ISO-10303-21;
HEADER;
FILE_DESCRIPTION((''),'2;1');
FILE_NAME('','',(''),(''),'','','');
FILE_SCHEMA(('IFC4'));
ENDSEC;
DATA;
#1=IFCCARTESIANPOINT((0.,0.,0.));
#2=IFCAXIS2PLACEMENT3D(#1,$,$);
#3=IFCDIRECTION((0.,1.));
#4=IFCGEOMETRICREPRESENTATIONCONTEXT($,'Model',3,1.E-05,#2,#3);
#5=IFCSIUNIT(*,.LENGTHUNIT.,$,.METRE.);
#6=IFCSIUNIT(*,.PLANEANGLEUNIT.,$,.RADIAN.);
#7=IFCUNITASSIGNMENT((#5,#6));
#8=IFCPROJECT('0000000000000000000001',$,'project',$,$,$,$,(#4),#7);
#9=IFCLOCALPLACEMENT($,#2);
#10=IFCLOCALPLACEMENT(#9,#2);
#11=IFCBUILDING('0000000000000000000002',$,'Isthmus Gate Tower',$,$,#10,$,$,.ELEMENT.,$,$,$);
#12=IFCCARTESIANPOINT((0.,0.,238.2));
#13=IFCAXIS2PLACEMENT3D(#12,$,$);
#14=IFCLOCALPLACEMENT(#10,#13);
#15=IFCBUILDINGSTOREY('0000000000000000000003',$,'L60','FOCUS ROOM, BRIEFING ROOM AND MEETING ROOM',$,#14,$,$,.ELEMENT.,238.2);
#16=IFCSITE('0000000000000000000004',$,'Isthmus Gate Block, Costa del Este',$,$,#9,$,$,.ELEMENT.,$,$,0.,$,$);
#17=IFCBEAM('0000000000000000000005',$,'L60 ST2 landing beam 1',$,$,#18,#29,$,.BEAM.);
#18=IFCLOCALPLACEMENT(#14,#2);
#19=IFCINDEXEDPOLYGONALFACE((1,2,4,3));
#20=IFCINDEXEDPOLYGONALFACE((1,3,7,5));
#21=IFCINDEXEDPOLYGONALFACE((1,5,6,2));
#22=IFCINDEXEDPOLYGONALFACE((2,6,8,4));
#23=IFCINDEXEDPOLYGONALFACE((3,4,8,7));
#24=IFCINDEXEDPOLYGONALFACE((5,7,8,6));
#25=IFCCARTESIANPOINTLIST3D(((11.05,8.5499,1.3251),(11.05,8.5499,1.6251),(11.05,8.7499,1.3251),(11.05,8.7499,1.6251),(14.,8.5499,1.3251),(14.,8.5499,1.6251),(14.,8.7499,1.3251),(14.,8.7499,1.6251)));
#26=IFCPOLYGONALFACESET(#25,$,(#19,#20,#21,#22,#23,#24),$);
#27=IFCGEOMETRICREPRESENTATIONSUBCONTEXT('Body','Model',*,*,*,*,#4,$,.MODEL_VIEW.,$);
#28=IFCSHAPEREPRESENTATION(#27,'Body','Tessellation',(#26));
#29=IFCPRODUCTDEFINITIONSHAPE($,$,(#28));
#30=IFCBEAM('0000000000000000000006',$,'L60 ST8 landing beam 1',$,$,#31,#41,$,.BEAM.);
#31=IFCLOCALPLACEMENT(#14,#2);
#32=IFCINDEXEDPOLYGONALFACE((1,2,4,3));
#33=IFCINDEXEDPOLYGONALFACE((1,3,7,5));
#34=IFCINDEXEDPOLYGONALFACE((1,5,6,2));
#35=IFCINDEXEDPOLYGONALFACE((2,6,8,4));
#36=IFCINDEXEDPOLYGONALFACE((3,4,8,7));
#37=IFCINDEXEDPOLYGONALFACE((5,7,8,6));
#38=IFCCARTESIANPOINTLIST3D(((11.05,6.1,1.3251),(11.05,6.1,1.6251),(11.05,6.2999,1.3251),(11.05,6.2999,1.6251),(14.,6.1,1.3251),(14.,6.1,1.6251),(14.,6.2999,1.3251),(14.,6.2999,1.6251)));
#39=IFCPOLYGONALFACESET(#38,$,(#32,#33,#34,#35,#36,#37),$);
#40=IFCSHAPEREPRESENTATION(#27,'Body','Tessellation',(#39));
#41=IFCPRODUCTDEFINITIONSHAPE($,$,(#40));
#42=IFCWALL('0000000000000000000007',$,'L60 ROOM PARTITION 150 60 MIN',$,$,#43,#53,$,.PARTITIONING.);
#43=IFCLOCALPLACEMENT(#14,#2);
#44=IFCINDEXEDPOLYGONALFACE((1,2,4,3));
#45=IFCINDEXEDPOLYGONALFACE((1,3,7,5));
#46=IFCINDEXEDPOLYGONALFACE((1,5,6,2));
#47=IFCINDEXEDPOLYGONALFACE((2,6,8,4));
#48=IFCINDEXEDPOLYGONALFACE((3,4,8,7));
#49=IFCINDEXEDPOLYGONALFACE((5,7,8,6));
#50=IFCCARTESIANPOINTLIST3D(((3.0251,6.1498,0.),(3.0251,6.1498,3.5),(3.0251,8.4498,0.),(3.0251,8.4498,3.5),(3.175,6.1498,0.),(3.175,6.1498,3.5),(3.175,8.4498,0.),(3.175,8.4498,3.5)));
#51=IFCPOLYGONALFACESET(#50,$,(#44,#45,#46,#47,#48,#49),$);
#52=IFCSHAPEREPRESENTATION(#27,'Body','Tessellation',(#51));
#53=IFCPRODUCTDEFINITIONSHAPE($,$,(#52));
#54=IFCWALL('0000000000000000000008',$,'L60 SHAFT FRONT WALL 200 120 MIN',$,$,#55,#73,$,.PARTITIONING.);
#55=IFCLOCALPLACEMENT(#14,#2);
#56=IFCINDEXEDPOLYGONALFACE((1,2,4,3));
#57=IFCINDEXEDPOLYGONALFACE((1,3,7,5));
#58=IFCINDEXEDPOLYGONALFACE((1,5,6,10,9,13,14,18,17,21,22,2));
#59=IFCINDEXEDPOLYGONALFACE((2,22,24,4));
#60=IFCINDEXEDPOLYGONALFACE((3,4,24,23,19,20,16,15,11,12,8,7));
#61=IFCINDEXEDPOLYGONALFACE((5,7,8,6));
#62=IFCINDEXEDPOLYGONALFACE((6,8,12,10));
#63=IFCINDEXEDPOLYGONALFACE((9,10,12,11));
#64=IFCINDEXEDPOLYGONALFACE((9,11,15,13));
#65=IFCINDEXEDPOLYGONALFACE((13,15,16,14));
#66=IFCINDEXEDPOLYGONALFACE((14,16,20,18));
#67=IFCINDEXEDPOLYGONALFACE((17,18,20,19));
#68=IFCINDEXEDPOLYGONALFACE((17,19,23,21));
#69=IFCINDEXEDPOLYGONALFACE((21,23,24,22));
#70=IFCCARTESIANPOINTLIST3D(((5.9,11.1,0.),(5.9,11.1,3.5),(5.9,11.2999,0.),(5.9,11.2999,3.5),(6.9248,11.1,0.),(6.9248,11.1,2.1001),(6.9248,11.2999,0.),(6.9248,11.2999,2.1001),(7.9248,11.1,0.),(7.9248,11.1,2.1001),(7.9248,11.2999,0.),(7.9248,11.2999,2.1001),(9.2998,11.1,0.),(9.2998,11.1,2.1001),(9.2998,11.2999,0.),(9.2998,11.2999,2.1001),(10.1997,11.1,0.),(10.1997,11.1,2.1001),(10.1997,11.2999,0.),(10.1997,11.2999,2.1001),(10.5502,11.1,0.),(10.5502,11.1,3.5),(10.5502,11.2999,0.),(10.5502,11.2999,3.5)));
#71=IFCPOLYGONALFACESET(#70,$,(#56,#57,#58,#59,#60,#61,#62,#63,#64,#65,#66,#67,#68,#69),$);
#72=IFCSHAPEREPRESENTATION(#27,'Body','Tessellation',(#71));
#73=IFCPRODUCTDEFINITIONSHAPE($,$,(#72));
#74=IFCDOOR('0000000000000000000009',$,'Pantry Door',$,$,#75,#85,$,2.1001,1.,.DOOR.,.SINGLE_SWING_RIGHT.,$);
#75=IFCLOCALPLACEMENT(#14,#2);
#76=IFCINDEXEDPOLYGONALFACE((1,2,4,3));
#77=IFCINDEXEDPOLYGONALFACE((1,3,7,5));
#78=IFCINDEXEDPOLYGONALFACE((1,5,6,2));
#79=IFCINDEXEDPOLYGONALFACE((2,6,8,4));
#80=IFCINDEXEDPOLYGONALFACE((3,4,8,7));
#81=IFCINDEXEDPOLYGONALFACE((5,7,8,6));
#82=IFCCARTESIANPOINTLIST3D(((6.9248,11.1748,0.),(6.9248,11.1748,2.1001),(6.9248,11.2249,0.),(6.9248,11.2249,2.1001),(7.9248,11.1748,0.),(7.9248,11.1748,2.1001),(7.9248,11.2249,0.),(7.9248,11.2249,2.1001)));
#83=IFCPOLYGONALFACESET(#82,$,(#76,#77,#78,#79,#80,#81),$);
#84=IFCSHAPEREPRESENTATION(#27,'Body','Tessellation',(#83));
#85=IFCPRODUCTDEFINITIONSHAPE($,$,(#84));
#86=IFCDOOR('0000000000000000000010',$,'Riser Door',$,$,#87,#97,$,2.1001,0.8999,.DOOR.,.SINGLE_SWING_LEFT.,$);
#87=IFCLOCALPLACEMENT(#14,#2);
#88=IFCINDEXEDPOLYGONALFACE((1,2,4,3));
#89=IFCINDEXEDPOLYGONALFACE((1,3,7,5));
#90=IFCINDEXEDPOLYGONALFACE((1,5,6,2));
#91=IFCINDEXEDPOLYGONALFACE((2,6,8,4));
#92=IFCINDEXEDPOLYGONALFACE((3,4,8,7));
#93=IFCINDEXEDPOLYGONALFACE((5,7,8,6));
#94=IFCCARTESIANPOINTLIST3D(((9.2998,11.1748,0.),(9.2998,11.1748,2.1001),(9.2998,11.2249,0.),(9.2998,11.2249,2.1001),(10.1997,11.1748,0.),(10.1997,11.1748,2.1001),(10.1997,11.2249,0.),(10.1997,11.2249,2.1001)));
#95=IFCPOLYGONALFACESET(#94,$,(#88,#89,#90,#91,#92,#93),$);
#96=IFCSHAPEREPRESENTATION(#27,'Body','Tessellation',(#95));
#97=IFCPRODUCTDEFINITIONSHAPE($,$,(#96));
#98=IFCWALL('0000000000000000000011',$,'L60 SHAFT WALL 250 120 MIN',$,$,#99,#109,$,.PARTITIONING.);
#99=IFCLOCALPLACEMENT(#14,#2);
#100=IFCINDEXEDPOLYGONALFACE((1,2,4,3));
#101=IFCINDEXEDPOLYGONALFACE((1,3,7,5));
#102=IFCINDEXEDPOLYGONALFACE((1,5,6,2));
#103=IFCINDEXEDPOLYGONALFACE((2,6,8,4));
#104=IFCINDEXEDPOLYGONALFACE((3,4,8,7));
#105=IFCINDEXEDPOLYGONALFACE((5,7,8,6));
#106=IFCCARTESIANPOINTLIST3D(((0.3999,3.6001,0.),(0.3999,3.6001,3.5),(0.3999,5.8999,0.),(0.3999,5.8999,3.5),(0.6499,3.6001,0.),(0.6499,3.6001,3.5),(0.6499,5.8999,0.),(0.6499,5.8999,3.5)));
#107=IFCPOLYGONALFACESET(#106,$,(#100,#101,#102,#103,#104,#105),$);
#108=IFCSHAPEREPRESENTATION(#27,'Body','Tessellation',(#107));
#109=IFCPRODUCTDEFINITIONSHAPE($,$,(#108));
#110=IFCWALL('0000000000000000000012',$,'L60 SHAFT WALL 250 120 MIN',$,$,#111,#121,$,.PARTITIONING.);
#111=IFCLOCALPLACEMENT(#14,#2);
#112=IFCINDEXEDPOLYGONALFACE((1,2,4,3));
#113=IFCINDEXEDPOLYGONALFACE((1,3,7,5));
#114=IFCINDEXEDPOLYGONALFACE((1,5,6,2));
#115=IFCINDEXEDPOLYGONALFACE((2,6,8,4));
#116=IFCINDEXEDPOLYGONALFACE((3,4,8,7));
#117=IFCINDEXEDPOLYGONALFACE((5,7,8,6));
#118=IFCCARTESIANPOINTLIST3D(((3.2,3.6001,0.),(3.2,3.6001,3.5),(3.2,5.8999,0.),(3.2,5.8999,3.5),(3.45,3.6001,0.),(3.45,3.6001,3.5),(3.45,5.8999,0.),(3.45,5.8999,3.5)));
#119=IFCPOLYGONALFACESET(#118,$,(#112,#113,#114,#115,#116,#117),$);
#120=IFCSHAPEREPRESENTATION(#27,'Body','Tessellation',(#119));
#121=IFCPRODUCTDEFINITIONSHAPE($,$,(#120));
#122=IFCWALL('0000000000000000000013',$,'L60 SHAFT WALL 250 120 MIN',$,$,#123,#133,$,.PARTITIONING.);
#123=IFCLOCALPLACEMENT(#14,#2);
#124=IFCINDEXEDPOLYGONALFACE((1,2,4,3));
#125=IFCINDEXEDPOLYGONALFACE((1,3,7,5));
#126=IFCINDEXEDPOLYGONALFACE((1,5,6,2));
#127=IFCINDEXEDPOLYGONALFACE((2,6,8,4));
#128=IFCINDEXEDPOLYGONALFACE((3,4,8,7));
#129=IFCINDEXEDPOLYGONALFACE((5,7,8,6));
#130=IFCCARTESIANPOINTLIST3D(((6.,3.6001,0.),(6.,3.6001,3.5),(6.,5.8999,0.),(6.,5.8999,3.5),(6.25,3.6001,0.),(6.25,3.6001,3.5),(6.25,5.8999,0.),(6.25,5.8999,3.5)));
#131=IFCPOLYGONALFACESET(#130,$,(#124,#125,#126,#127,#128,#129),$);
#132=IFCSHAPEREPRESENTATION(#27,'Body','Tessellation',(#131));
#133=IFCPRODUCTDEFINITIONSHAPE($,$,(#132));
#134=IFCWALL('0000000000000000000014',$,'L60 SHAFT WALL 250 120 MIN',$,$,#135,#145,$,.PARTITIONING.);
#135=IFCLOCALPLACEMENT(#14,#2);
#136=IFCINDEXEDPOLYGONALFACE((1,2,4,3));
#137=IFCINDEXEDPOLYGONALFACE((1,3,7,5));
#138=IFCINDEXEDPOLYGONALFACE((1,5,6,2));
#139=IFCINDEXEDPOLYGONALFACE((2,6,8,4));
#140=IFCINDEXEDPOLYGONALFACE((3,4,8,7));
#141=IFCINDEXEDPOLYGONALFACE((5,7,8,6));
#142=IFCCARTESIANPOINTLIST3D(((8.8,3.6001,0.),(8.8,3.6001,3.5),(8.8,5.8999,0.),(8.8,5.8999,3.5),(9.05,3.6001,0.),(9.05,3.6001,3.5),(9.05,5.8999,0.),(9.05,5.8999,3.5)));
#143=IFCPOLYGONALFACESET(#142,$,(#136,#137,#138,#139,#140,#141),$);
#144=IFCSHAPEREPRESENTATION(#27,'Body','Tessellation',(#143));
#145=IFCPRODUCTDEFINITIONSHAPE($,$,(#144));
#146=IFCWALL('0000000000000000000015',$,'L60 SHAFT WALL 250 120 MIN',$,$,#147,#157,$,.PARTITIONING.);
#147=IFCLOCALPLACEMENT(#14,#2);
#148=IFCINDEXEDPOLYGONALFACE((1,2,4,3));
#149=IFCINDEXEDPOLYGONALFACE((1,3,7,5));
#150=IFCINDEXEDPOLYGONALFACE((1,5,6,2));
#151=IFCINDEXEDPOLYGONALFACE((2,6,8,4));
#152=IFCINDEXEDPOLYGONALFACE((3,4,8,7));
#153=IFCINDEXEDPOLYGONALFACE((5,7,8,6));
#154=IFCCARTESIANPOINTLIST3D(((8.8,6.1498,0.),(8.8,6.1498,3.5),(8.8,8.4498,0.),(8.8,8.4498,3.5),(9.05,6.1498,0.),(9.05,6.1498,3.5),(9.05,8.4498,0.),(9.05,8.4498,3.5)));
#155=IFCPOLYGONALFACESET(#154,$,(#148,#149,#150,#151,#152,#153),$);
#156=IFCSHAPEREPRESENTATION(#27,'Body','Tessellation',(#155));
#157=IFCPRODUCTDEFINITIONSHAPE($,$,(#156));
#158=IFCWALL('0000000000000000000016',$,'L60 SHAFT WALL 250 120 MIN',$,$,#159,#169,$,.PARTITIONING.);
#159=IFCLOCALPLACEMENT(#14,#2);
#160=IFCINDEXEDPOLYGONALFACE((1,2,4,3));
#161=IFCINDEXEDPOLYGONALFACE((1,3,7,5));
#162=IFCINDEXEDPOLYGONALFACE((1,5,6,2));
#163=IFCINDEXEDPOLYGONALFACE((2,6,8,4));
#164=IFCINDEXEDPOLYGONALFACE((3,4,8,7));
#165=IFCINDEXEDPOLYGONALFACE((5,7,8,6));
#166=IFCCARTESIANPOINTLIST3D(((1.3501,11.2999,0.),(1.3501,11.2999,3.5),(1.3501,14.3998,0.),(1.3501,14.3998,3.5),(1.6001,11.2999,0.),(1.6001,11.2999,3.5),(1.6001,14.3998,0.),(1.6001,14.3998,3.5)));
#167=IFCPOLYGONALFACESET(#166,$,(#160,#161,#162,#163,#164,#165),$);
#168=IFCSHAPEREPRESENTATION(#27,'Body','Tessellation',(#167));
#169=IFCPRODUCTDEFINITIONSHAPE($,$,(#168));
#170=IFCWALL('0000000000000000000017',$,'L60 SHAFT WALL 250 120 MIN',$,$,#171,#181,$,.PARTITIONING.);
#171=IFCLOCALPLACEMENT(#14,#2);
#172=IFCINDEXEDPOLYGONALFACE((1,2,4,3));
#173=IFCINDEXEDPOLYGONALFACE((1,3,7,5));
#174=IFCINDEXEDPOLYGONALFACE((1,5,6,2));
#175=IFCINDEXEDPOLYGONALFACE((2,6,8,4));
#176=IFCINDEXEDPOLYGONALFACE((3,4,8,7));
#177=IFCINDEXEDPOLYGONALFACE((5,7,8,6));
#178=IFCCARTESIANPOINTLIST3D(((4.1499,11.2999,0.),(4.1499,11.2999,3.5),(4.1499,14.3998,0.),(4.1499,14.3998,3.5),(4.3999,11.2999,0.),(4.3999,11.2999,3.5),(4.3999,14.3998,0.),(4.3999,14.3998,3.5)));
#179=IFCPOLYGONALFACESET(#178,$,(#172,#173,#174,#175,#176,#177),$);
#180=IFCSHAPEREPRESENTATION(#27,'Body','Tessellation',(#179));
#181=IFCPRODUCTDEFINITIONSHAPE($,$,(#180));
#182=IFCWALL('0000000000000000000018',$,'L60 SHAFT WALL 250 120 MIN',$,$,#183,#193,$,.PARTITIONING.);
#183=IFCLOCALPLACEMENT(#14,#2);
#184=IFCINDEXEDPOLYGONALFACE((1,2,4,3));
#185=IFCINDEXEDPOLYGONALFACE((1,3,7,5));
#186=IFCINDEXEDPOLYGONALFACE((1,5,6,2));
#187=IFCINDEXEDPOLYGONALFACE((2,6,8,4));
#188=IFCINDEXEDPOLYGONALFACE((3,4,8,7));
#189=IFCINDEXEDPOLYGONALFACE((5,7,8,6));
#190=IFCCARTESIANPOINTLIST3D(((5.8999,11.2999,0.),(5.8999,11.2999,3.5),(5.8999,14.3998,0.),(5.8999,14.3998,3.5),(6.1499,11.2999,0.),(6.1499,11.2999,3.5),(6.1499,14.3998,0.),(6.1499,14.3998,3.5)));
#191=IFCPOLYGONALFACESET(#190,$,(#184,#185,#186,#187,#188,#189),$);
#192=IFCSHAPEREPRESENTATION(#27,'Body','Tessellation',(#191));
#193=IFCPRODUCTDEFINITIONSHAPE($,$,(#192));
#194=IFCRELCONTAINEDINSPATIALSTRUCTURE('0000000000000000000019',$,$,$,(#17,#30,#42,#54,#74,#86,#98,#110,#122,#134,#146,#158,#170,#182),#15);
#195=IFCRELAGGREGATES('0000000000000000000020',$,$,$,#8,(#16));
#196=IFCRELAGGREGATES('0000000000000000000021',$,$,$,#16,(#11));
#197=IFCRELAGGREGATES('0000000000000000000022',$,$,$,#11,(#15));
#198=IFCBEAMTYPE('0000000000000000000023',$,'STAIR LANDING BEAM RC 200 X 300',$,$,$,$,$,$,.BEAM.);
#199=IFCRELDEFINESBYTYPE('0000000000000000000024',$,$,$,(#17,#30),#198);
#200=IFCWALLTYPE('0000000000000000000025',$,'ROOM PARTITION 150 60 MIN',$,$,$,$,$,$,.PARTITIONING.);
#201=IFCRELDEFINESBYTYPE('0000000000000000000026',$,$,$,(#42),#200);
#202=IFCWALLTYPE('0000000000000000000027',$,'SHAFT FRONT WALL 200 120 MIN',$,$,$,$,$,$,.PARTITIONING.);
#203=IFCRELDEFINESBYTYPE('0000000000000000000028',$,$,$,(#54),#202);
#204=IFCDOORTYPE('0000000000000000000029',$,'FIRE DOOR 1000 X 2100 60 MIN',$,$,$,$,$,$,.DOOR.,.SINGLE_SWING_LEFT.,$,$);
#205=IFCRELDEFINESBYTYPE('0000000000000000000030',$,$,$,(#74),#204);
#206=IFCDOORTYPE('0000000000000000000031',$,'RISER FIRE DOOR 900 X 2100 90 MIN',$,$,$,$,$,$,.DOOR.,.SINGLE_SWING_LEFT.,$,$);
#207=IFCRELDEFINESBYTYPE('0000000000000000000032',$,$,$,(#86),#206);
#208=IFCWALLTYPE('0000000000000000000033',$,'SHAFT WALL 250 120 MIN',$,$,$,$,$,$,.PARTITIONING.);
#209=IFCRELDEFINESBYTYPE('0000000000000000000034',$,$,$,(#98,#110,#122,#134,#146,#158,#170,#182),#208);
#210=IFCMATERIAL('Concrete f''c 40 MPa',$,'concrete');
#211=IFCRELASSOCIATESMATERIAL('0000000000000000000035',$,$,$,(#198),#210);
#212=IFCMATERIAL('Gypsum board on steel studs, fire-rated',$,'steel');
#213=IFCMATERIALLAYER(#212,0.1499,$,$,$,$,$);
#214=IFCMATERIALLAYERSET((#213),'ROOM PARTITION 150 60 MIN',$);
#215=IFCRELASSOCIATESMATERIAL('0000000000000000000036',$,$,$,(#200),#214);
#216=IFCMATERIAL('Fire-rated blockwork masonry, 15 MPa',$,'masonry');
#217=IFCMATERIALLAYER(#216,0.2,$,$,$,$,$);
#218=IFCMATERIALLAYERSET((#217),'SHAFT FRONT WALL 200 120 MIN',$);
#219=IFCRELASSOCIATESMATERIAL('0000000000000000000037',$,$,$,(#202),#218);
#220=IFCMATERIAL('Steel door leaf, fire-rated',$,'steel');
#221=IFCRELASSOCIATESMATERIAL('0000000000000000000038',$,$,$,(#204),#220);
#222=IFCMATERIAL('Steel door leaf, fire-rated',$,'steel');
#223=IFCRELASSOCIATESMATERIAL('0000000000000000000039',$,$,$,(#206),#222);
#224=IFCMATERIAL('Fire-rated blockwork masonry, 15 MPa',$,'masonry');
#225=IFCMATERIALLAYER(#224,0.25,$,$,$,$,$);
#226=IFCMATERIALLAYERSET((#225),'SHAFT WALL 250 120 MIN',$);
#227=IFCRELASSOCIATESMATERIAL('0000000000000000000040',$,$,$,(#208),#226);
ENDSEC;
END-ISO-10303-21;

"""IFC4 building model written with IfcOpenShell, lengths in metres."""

from ifc_helpers import new_model, si_unit, direction, frame, frame_2d, origin, origin_2d, place, context, subcontext, project, spatial, rectangle, extrude, material, layer, layer_set, material_profile, profile_set, type_object, element, fill, save


model = new_model("IFC4")

# Units and contexts
model_context = context("Model", 3, precision=1e-05, world=origin(), true_north=direction((0.0, 1.0)))
body_context = subcontext(model_context, "Body", "Model", "MODEL_VIEW")
ifc_project = project(units=[si_unit("LENGTHUNIT", "METRE"), si_unit("PLANEANGLEUNIT", "RADIAN")], contexts=[model_context])

# Site, building, storey
site_placement = place(None, origin())
site = spatial("IfcSite", under=ifc_project, at=site_placement, Name="Isthmus Gate Block, Costa del Este", CompositionType="ELEMENT", RefElevation=0.0)
building_placement = place(site_placement, origin())
building = spatial("IfcBuilding", under=site, at=building_placement, Name="Isthmus Gate Tower", CompositionType="ELEMENT")
storey_placement = place(building_placement, frame((0.0, 0.0, 238.2)))
storey = spatial("IfcBuildingStorey", under=building, at=storey_placement, Name="L60", Description="FOCUS ROOM, BRIEFING ROOM AND MEETING ROOM", CompositionType="ELEMENT", Elevation=238.2)

# Beams
ifc_material_1 = material(Name="Concrete f'c 40 MPa", Category="concrete")
ifc_material_profile = material_profile(ifc_material_1, rectangle(XDim=0.2, YDim=0.3, at=origin_2d()), Name="STAIR LANDING BEAM RC 200 X 300")
ifc_profile_set = profile_set([ifc_material_profile], Name="Concrete f'c 40 MPa")
beam_type = type_object("IfcBeamType", Name="STAIR LANDING BEAM RC 200 X 300", PredefinedType="BEAM", material=ifc_profile_set)
for number, where, z_axis, x_axis, name in (
    (1, (11.05, 8.6499, 1.4751), (1.0, 0.0, 0.0), (0.0, 1.0, 0.0), "L60 ST2 landing beam 1"),
    (2, (11.05, 6.2, 1.4751), (1.0, 0.0, 0.0), (0.0, 1.0, 0.0), "L60 ST8 landing beam 1"),
):
    element("IfcBeam", number, at=place(storey_placement, frame(where, z_axis=z_axis, x_axis=x_axis)), inside=storey, type_object=beam_type, Name=name, PredefinedType="BEAM", context=body_context, shape_type="SweptSolid", body=[
        extrude(rectangle(XDim=0.2, YDim=0.3, at=origin_2d()), origin(), (0.0, 0.0, 1.0), 2.95),
    ])

# Wall
ifc_material_2 = material(Name="Gypsum board on steel studs, fire-rated", Category="steel")
ifc_layer_1 = layer(ifc_material_2, 0.1499)
ifc_layer_set_1 = layer_set([ifc_layer_1], Name="ROOM PARTITION 150 60 MIN")
wall_type_1 = type_object("IfcWallType", Name="ROOM PARTITION 150 60 MIN", PredefinedType="PARTITIONING", material=ifc_layer_set_1)
wall_1_placement = place(storey_placement, frame((3.1001, 6.1499, 0.0), z_axis=(0.0, 0.0, 1.0), x_axis=(0.0, 1.0, 0.0)))
element("IfcWall", 3, at=wall_1_placement, inside=storey, type_object=wall_type_1, Name="L60 ROOM PARTITION 150 60 MIN", PredefinedType="PARTITIONING", context=body_context, shape_type="SweptSolid", body=[
    extrude(rectangle(XDim=2.3, YDim=0.1499, at=frame_2d((1.1499, 0.0))), origin(), (0.0, 0.0, 1.0), 3.5),
])

# Wall, openings, doors
ifc_material_3 = material(Name="Fire-rated blockwork masonry, 15 MPa", Category="masonry")
ifc_layer_2 = layer(ifc_material_3, 0.2)
ifc_layer_set_2 = layer_set([ifc_layer_2], Name="SHAFT FRONT WALL 200 120 MIN")
wall_type_2 = type_object("IfcWallType", Name="SHAFT FRONT WALL 200 120 MIN", PredefinedType="PARTITIONING", material=ifc_layer_set_2)
wall_2_placement = place(storey_placement, frame((5.8999, 11.2, 0.0), z_axis=(0.0, 0.0, 1.0), x_axis=(1.0, 0.0, 0.0)))
wall_2 = element("IfcWall", 4, at=wall_2_placement, inside=storey, type_object=wall_type_2, Name="L60 SHAFT FRONT WALL 200 120 MIN", PredefinedType="PARTITIONING", context=body_context, shape_type="SweptSolid", body=[
    extrude(rectangle(XDim=4.6501, YDim=0.2, at=frame_2d((2.3252, 0.0))), origin(), (0.0, 0.0, 1.0), 3.5),
])
opening_1_placement = place(wall_2_placement, frame((1.0249, 0.0, 0.0)))
opening_1 = element("IfcOpeningElement", 5, at=opening_1_placement, cuts=wall_2, PredefinedType="OPENING", context=body_context, shape_type="SweptSolid", body=[
    extrude(rectangle(XDim=1.0, YDim=2.1001, at=frame_2d((0.5, 1.05))), frame((0.0, 0.1099, 0.0), z_axis=(0.0, -1.0, 0.0), x_axis=(1.0, 0.0, 0.0)), (0.0, 0.0, 1.0), 0.22),
])
opening_2_placement = place(wall_2_placement, frame((3.3999, 0.0, 0.0)))
opening_2 = element("IfcOpeningElement", 6, at=opening_2_placement, cuts=wall_2, PredefinedType="OPENING", context=body_context, shape_type="SweptSolid", body=[
    extrude(rectangle(XDim=0.8999, YDim=2.1001, at=frame_2d((0.45, 1.05))), frame((0.0, 0.1099, 0.0), z_axis=(0.0, -1.0, 0.0), x_axis=(1.0, 0.0, 0.0)), (0.0, 0.0, 1.0), 0.22),
])
ifc_material_4 = material(Name="Steel door leaf, fire-rated", Category="steel")
door_type_1 = type_object("IfcDoorType", Name="FIRE DOOR 1000 X 2100 60 MIN", OperationType="SINGLE_SWING_LEFT", PredefinedType="DOOR", material=ifc_material_4)
door_1_placement = place(opening_1_placement, origin())
door_1 = element("IfcDoor", 7, at=door_1_placement, inside=storey, type_object=door_type_1, Name="Pantry Door", OperationType="SINGLE_SWING_RIGHT", OverallHeight=2.1001, OverallWidth=1.0, PredefinedType="DOOR", context=body_context, shape_type="SweptSolid", body=[
    extrude(rectangle(XDim=1.0, YDim=2.1001, at=frame_2d((0.5, 1.05))), frame((0.0, 0.0249, 0.0), z_axis=(0.0, -1.0, 0.0), x_axis=(1.0, 0.0, 0.0)), (0.0, 0.0, 1.0), 0.05),
])
fill(opening_1, door_1)
ifc_material_5 = material(Name="Steel door leaf, fire-rated", Category="steel")
door_type_2 = type_object("IfcDoorType", Name="RISER FIRE DOOR 900 X 2100 90 MIN", OperationType="SINGLE_SWING_LEFT", PredefinedType="DOOR", material=ifc_material_5)
door_2_placement = place(opening_2_placement, origin())
door_2 = element("IfcDoor", 8, at=door_2_placement, inside=storey, type_object=door_type_2, Name="Riser Door", OperationType="SINGLE_SWING_LEFT", OverallHeight=2.1001, OverallWidth=0.8999, PredefinedType="DOOR", context=body_context, shape_type="SweptSolid", body=[
    extrude(rectangle(XDim=0.8999, YDim=2.1001, at=frame_2d((0.45, 1.05))), frame((0.0, 0.0249, 0.0), z_axis=(0.0, -1.0, 0.0), x_axis=(1.0, 0.0, 0.0)), (0.0, 0.0, 1.0), 0.05),
])
fill(opening_2, door_2)

# Walls
ifc_material_6 = material(Name="Fire-rated blockwork masonry, 15 MPa", Category="masonry")
ifc_layer_3 = layer(ifc_material_6, 0.25)
ifc_layer_set_3 = layer_set([ifc_layer_3], Name="SHAFT WALL 250 120 MIN")
wall_type_3 = type_object("IfcWallType", Name="SHAFT WALL 250 120 MIN", PredefinedType="PARTITIONING", material=ifc_layer_set_3)
for number, where, z_axis, x_axis, name in (
    (9, (0.5249, 3.6001, 0.0), (0.0, 0.0, 1.0), (0.0, 1.0, 0.0), "L60 SHAFT WALL 250 120 MIN"),
    (10, (3.325, 3.6001, 0.0), (0.0, 0.0, 1.0), (0.0, 1.0, 0.0), "L60 SHAFT WALL 250 120 MIN"),
    (11, (6.125, 3.6001, 0.0), (0.0, 0.0, 1.0), (0.0, 1.0, 0.0), "L60 SHAFT WALL 250 120 MIN"),
    (12, (8.925, 3.6001, 0.0), (0.0, 0.0, 1.0), (0.0, 1.0, 0.0), "L60 SHAFT WALL 250 120 MIN"),
):
    element("IfcWall", number, at=place(storey_placement, frame(where, z_axis=z_axis, x_axis=x_axis)), inside=storey, type_object=wall_type_3, Name=name, PredefinedType="PARTITIONING", context=body_context, shape_type="SweptSolid", body=[
        extrude(rectangle(XDim=2.2998, YDim=0.25, at=frame_2d((1.1499, 0.0))), origin(), (0.0, 0.0, 1.0), 3.5),
    ])
wall_3_placement = place(storey_placement, frame((8.925, 6.1499, 0.0), z_axis=(0.0, 0.0, 1.0), x_axis=(0.0, 1.0, 0.0)))
element("IfcWall", 13, at=wall_3_placement, inside=storey, type_object=wall_type_3, Name="L60 SHAFT WALL 250 120 MIN", PredefinedType="PARTITIONING", context=body_context, shape_type="SweptSolid", body=[
    extrude(rectangle(XDim=2.3, YDim=0.25, at=frame_2d((1.1499, 0.0))), origin(), (0.0, 0.0, 1.0), 3.5),
])
for number, where, z_axis, x_axis, name in (
    (14, (1.4751, 11.3, 0.0), (0.0, 0.0, 1.0), (0.0, 1.0, 0.0), "L60 SHAFT WALL 250 120 MIN"),
    (15, (4.2749, 11.3, 0.0), (0.0, 0.0, 1.0), (0.0, 1.0, 0.0), "L60 SHAFT WALL 250 120 MIN"),
    (16, (6.0249, 11.3, 0.0), (0.0, 0.0, 1.0), (0.0, 1.0, 0.0), "L60 SHAFT WALL 250 120 MIN"),
):
    element("IfcWall", number, at=place(storey_placement, frame(where, z_axis=z_axis, x_axis=x_axis)), inside=storey, type_object=wall_type_3, Name=name, PredefinedType="PARTITIONING", context=body_context, shape_type="SweptSolid", body=[
        extrude(rectangle(XDim=3.0999, YDim=0.25, at=frame_2d((1.5498, 0.0))), origin(), (0.0, 0.0, 1.0), 3.5),
    ])

save(model, "model.ifc")
